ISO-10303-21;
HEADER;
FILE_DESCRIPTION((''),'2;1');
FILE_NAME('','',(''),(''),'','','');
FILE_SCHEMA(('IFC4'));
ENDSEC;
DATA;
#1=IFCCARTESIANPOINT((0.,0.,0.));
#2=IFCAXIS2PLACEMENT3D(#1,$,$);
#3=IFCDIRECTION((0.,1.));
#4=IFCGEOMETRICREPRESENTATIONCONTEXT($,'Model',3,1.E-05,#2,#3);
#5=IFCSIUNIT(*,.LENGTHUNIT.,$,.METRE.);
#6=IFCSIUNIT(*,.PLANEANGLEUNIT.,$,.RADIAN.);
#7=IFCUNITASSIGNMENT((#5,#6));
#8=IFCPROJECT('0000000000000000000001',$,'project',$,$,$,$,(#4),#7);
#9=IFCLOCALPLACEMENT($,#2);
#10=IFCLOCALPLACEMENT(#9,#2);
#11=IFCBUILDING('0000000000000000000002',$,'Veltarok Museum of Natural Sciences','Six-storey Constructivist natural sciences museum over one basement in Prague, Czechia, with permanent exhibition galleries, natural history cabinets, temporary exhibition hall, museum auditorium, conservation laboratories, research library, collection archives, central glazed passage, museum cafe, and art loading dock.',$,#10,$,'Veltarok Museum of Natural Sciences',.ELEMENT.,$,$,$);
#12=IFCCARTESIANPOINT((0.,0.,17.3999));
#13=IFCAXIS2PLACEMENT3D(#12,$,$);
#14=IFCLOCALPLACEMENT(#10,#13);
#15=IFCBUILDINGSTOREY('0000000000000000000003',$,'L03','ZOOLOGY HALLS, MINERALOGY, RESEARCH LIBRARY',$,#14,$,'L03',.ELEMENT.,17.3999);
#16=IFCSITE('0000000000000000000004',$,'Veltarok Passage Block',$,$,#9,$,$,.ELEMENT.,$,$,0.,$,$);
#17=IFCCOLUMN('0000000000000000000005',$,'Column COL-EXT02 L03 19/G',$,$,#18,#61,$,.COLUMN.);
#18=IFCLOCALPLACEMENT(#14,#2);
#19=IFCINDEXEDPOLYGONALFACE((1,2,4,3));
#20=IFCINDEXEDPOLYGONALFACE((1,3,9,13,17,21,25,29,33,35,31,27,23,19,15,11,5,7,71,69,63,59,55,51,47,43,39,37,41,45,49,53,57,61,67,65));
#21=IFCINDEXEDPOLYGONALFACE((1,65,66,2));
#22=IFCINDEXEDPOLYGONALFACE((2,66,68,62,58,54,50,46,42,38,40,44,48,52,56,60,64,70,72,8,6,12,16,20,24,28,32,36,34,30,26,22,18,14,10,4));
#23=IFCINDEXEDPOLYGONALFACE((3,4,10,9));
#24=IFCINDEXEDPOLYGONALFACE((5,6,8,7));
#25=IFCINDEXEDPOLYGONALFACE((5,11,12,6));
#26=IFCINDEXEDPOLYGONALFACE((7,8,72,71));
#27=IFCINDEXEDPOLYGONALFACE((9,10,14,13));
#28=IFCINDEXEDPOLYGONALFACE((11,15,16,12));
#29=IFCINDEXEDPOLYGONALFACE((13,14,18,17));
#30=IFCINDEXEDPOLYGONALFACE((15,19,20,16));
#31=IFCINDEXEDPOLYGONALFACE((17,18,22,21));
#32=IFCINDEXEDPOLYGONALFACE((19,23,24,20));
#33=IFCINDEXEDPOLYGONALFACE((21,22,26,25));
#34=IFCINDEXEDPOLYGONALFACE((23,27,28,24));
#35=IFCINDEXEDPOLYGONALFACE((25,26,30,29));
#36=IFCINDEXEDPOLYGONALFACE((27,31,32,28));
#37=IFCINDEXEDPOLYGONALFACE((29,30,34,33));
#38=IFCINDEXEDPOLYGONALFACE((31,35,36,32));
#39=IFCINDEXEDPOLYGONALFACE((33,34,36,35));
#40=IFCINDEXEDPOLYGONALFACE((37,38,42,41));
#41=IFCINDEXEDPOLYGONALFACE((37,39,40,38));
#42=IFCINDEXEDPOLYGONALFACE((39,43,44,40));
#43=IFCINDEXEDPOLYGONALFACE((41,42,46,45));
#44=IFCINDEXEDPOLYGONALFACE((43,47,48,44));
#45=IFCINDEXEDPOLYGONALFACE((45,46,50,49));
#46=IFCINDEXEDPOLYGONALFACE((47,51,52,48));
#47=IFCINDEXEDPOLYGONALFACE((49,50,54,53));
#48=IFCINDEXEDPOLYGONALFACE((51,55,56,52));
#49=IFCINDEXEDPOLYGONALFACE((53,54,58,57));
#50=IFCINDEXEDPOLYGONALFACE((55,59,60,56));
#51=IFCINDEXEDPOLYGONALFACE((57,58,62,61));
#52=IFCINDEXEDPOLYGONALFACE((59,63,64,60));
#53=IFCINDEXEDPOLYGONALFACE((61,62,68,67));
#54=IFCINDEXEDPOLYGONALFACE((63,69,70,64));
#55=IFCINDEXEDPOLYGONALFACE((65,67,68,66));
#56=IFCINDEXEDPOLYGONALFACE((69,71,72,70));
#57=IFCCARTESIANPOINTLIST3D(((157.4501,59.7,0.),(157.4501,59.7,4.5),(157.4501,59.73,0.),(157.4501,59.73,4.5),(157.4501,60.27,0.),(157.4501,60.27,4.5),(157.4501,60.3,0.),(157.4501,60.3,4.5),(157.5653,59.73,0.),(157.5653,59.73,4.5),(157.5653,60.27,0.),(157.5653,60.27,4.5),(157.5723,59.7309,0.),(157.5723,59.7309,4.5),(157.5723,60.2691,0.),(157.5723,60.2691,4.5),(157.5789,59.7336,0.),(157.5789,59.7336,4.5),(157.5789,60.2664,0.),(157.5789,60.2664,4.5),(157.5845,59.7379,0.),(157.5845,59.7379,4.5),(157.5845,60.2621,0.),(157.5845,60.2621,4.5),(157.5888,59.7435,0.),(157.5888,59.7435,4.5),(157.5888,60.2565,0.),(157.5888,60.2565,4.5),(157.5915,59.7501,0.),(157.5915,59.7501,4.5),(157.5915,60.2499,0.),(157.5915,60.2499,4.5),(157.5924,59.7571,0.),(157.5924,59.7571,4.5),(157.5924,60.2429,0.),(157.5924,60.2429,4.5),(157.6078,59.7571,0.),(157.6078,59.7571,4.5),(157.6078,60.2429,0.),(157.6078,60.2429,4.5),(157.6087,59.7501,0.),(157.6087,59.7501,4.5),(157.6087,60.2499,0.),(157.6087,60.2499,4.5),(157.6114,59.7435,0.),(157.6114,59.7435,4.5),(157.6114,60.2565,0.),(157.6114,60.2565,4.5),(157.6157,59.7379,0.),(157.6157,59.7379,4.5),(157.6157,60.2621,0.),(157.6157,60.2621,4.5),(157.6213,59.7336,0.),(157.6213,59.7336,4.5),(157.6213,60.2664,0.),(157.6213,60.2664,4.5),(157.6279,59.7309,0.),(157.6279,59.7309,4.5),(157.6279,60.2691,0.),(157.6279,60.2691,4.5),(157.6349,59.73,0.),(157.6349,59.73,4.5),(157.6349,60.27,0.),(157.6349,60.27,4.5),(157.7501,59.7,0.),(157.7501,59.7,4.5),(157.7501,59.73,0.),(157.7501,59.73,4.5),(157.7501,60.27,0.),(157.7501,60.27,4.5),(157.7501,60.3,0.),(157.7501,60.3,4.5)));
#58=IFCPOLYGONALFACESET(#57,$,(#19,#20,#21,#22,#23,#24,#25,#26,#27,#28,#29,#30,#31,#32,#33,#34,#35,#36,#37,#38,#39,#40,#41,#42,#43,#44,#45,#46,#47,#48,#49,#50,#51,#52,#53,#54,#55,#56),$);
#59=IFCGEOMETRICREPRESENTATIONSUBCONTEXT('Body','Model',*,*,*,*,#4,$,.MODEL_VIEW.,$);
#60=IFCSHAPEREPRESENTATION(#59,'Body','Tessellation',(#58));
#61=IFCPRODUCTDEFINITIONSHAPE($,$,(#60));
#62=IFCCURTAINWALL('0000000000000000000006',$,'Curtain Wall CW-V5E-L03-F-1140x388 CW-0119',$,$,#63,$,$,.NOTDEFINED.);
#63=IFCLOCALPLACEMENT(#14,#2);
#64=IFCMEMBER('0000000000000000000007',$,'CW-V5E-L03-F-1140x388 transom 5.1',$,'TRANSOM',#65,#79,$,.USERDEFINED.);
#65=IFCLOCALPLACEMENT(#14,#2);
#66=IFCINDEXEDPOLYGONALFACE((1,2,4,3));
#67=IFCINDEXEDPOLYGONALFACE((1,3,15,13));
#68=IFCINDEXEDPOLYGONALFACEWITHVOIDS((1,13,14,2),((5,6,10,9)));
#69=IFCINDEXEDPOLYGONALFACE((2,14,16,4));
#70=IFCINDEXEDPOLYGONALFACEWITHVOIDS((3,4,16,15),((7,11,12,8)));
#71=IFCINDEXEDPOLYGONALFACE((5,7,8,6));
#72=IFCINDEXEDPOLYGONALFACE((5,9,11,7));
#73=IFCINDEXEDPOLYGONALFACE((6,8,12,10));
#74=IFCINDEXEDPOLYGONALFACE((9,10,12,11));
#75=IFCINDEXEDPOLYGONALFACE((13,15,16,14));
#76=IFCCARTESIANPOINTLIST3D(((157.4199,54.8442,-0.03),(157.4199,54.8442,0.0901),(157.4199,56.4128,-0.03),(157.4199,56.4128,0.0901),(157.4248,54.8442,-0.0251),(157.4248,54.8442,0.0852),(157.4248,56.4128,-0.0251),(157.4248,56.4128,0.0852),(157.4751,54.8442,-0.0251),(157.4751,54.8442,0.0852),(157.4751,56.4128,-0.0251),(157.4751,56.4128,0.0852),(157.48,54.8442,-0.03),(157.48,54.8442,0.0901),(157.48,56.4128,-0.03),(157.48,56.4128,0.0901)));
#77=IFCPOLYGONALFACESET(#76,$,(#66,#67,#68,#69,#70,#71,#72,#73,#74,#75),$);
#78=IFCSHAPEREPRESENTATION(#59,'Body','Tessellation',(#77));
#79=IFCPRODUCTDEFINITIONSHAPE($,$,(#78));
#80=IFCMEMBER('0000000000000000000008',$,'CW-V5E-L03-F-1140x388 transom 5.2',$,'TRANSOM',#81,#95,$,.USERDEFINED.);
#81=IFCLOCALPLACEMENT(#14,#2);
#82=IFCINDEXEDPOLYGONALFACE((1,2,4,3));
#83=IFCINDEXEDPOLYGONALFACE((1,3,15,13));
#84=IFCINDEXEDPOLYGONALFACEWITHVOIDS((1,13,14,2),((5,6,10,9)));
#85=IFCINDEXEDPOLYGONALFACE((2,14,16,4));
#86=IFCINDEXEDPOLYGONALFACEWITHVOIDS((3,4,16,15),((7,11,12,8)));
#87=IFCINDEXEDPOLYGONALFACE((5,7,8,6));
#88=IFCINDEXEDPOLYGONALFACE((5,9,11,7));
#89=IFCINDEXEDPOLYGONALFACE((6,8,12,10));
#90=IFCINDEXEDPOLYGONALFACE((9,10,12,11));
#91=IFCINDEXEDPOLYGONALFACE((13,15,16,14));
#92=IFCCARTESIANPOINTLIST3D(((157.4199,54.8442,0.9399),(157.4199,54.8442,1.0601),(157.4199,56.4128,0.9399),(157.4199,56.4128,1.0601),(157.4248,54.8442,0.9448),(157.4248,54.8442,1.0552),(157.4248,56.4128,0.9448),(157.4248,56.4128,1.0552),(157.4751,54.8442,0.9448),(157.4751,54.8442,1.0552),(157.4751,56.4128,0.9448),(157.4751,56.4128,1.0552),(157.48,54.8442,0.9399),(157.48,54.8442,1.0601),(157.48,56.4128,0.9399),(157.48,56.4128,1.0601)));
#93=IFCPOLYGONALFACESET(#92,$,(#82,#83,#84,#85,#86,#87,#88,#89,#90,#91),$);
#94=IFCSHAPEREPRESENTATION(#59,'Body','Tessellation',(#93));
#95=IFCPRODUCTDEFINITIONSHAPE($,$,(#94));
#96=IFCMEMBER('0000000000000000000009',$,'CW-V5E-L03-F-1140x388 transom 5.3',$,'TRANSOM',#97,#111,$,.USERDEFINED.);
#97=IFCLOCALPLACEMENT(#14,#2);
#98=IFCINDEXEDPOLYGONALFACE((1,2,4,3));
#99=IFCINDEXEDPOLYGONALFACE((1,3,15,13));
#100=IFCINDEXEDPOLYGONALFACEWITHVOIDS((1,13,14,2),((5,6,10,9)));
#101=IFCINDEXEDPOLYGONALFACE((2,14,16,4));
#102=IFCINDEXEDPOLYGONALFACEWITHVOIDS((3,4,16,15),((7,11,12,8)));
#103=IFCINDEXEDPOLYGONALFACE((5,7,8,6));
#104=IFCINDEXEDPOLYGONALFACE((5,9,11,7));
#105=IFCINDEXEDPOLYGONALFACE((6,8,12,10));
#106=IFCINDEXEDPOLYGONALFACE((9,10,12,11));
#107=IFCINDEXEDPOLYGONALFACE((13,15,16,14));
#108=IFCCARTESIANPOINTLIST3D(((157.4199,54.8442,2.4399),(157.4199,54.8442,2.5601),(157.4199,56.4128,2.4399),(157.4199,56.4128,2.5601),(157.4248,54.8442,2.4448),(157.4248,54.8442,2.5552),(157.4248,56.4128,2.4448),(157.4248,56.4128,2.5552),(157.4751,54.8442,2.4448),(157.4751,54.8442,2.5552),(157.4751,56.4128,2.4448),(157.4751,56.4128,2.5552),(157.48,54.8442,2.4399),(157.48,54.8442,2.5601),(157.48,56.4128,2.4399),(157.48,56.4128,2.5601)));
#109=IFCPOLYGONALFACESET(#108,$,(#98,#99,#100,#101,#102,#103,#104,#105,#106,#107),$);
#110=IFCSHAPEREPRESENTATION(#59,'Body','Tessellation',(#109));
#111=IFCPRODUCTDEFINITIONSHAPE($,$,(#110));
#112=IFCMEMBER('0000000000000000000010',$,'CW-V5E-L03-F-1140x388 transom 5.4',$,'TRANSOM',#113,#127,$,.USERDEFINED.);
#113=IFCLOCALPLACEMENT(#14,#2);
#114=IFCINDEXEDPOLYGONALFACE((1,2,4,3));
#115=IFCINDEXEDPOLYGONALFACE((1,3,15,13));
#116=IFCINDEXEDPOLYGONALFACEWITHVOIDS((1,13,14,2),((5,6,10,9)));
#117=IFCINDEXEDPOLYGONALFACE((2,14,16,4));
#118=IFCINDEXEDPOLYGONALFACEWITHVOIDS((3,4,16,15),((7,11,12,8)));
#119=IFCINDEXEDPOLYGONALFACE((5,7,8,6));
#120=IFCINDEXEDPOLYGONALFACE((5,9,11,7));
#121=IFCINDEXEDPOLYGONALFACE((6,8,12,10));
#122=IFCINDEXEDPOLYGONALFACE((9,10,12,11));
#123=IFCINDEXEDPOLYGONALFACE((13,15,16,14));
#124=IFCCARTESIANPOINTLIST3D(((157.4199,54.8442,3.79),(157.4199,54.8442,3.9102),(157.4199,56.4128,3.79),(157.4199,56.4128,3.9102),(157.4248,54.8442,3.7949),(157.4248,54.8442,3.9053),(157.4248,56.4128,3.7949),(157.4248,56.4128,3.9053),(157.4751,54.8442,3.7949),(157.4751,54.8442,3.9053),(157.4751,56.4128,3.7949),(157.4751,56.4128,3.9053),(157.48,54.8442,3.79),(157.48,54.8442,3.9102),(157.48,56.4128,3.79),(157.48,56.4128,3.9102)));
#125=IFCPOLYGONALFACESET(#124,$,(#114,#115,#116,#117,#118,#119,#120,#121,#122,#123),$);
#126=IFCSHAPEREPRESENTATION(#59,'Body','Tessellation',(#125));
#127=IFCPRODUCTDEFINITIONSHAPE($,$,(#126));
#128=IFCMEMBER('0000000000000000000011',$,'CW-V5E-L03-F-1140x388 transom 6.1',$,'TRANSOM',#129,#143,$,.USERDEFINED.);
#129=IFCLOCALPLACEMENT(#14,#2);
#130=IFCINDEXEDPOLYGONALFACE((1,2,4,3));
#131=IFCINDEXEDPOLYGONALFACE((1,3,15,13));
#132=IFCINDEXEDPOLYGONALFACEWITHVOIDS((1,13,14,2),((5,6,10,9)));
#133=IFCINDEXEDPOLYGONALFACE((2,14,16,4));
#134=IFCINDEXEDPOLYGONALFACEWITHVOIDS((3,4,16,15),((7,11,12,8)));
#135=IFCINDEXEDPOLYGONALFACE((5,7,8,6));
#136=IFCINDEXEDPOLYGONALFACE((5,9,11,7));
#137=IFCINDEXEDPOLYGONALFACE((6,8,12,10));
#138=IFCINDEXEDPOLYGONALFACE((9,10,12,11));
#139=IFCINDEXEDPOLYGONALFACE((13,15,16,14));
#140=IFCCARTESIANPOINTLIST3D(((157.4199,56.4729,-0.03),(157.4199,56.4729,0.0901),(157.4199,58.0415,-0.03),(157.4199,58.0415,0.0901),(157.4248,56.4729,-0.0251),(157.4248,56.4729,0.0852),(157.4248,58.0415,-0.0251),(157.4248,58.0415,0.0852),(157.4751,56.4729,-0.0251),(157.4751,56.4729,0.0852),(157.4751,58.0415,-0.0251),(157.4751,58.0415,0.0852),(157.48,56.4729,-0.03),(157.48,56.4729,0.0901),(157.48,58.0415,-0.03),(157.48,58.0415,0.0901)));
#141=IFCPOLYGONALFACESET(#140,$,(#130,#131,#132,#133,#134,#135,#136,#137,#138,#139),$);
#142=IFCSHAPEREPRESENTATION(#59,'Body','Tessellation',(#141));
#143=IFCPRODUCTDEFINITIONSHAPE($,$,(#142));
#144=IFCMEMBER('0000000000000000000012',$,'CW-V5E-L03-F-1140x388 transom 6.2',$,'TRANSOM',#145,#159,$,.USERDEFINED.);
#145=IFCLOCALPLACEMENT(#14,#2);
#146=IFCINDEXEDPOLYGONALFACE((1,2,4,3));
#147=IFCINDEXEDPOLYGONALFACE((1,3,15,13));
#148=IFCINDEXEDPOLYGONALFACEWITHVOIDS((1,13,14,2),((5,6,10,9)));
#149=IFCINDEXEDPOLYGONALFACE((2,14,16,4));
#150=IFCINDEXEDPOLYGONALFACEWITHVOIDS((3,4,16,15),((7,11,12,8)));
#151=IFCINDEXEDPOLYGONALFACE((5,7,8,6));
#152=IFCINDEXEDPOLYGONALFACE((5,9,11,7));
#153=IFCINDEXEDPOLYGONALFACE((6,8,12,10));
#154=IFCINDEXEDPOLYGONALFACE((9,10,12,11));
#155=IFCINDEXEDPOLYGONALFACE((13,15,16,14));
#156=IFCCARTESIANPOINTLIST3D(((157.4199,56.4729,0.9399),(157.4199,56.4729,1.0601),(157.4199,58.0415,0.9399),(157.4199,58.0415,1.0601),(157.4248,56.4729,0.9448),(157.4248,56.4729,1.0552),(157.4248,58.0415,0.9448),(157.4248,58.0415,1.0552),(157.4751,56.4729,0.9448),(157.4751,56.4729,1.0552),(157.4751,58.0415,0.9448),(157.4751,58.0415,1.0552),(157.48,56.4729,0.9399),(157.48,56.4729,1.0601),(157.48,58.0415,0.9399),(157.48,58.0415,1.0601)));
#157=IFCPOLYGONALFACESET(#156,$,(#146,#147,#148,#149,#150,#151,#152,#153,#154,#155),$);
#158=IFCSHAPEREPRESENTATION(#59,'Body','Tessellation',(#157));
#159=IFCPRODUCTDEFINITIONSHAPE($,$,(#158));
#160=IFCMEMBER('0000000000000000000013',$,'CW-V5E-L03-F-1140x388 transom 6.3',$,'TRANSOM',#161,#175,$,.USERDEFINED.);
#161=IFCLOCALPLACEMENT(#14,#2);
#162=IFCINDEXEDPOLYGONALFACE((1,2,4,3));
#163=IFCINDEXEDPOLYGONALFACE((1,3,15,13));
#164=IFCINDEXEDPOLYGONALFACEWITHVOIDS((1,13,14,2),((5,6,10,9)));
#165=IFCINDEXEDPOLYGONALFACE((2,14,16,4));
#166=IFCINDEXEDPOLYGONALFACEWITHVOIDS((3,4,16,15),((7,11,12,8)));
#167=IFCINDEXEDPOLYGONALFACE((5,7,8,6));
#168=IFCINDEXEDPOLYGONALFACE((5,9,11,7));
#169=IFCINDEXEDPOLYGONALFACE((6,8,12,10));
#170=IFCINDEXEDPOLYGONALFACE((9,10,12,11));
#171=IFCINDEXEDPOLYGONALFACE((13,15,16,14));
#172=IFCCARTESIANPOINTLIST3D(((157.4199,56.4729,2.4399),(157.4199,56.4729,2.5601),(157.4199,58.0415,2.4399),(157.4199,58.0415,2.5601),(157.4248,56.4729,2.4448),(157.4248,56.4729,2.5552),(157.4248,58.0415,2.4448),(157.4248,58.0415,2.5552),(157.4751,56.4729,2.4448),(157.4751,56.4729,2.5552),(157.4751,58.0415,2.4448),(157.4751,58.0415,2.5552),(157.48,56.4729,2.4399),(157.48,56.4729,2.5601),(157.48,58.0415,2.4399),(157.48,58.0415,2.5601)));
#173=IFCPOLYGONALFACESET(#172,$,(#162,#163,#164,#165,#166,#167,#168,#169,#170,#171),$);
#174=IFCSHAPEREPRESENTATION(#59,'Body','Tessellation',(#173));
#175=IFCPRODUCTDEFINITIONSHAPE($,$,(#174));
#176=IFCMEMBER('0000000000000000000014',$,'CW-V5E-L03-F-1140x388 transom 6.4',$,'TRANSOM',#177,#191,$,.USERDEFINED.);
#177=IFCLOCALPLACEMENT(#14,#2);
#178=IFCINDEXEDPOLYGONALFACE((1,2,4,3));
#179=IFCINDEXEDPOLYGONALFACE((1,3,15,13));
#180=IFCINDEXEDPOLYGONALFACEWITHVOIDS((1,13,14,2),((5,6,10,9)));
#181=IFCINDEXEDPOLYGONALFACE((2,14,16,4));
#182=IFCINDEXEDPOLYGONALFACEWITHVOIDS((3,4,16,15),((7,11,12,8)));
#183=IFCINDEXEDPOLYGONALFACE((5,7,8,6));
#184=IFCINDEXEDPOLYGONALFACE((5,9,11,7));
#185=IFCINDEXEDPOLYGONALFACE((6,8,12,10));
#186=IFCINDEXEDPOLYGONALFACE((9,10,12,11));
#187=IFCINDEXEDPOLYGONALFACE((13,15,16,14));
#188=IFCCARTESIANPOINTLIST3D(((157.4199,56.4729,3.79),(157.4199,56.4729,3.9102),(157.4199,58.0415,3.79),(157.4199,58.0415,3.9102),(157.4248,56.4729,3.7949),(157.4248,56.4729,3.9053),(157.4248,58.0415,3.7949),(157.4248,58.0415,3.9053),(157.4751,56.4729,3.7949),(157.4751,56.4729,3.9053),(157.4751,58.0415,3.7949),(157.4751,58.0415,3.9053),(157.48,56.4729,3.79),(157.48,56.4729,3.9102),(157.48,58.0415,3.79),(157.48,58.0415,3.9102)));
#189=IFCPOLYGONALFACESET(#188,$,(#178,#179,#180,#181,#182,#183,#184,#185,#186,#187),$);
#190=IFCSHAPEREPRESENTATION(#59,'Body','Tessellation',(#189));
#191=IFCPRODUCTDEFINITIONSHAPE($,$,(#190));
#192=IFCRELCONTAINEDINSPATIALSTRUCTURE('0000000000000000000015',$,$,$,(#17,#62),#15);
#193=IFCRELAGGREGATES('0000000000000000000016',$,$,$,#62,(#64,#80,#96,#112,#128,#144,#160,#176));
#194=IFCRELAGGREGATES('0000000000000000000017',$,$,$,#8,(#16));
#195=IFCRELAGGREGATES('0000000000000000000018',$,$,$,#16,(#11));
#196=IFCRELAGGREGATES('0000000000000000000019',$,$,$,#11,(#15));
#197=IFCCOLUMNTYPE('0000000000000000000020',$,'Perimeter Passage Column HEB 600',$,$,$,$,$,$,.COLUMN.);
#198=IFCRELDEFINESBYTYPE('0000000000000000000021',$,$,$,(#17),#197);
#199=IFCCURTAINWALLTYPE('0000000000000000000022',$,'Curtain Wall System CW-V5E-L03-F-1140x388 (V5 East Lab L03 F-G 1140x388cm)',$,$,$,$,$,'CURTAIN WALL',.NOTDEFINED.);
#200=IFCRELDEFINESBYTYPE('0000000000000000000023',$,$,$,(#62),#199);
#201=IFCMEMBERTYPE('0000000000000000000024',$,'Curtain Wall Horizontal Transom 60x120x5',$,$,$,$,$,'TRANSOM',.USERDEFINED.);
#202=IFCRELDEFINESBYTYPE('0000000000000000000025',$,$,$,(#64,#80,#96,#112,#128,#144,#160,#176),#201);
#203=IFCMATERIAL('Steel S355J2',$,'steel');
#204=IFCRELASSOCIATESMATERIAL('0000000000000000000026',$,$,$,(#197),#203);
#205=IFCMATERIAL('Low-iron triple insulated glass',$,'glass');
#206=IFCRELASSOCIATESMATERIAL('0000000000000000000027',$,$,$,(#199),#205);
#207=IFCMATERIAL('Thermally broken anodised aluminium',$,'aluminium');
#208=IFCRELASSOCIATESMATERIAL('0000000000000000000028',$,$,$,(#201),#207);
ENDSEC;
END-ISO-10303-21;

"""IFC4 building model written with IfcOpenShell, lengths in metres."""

from ifc_helpers import new_model, si_unit, direction, frame, origin, origin_2d, place, context, subcontext, project, spatial, hollow_rectangle, i_section, extrude, material, material_profile, profile_set, type_object, element, aggregate, save


model = new_model("IFC4")

# Units and contexts
model_context = context("Model", 3, precision=1e-05, world=origin(), true_north=direction((0.0, 1.0)))
body_context = subcontext(model_context, "Body", "Model", "MODEL_VIEW")
ifc_project = project(units=[si_unit("LENGTHUNIT", "METRE"), si_unit("PLANEANGLEUNIT", "RADIAN")], contexts=[model_context])

# Site, building, storey
site_placement = place(None, origin())
site = spatial("IfcSite", under=ifc_project, at=site_placement, Name="Veltarok Passage Block", CompositionType="ELEMENT", RefElevation=0.0)
building_placement = place(site_placement, origin())
building = spatial("IfcBuilding", under=site, at=building_placement, Name="Veltarok Museum of Natural Sciences", Description="Six-storey Constructivist natural sciences museum over one basement in Prague, Czechia, with permanent exhibition galleries, natural history cabinets, temporary exhibition hall, museum auditorium, conservation laboratories, research library, collection archives, central glazed passage, museum cafe, and art loading dock.", LongName="Veltarok Museum of Natural Sciences", CompositionType="ELEMENT")
storey_placement = place(building_placement, frame((0.0, 0.0, 17.3999)))
storey = spatial("IfcBuildingStorey", under=building, at=storey_placement, Name="L03", Description="ZOOLOGY HALLS, MINERALOGY, RESEARCH LIBRARY", LongName="L03", CompositionType="ELEMENT", Elevation=17.3999)

# Column
ifc_material_1 = material(Name="Steel S355J2", Category="steel")
ifc_material_profile_1 = material_profile(ifc_material_1, i_section(OverallWidth=0.3, OverallDepth=0.6001, WebThickness=0.0154, FlangeThickness=0.03, FilletRadius=0.0271, at=origin_2d()), Name="HEB 600")
ifc_profile_set_1 = profile_set([ifc_material_profile_1], Name="Steel S355J2")
column_type = type_object("IfcColumnType", Name="Perimeter Passage Column HEB 600", PredefinedType="COLUMN", material=ifc_profile_set_1)
column_placement = place(storey_placement, frame((157.6001, 60.0, 0.0), z_axis=(0.0, 0.0, 1.0), x_axis=(1.0, 0.0, 0.0)))
element("IfcColumn", 1, at=column_placement, inside=storey, type_object=column_type, Name="Column COL-EXT02 L03 19/G", PredefinedType="COLUMN", context=body_context, shape_type="SweptSolid", body=[
    extrude(i_section(OverallWidth=0.3, OverallDepth=0.6001, WebThickness=0.0154, FlangeThickness=0.03, FilletRadius=0.0271, at=origin_2d()), origin(), (0.0, 0.0, 1.0), 4.5),
])

# Curtain wall, members
ifc_material_2 = material(Name="Low-iron triple insulated glass", Category="glass")
curtain_wall_type = type_object("IfcCurtainWallType", Name="Curtain Wall System CW-V5E-L03-F-1140x388 (V5 East Lab L03 F-G 1140x388cm)", ElementType="CURTAIN WALL", PredefinedType="NOTDEFINED", material=ifc_material_2)
curtain_wall_placement = place(storey_placement, origin())
curtain_wall = element("IfcCurtainWall", 2, at=curtain_wall_placement, inside=storey, type_object=curtain_wall_type, Name="Curtain Wall CW-V5E-L03-F-1140x388 CW-0119", PredefinedType="NOTDEFINED")
ifc_material_3 = material(Name="Thermally broken anodised aluminium", Category="aluminium")
ifc_material_profile_2 = material_profile(ifc_material_3, hollow_rectangle(XDim=0.0601, YDim=0.1201, WallThickness=0.0049, at=origin_2d()), Name="CW TRANSOM 60x120x5")
ifc_profile_set_2 = profile_set([ifc_material_profile_2], Name="Thermally broken anodised aluminium")
member_type_1 = type_object("IfcMemberType", Name="Curtain Wall Horizontal Transom 60x120x5", ElementType="TRANSOM", PredefinedType="USERDEFINED", material=ifc_profile_set_2)
member_1_placement = place(storey_placement, frame((157.45, 54.8442, 0.03), z_axis=(0.0, 1.0, 0.0), x_axis=(-1.0, 0.0, 0.0)))
member_1 = element("IfcMember", 3, at=member_1_placement, type_object=member_type_1, Name="CW-V5E-L03-F-1140x388 transom 5.1", ObjectType="TRANSOM", PredefinedType="USERDEFINED", context=body_context, shape_type="SweptSolid", body=[
    extrude(hollow_rectangle(XDim=0.0601, YDim=0.1201, WallThickness=0.0049, at=origin_2d()), origin(), (0.0, 0.0, 1.0), 1.5686),
])
member_2_placement = place(storey_placement, frame((157.45, 54.8442, 1.0), z_axis=(0.0, 1.0, 0.0), x_axis=(-1.0, 0.0, 0.0)))
member_2 = element("IfcMember", 4, at=member_2_placement, type_object=member_type_1, Name="CW-V5E-L03-F-1140x388 transom 5.2", ObjectType="TRANSOM", PredefinedType="USERDEFINED", context=body_context, shape_type="SweptSolid", body=[
    extrude(hollow_rectangle(XDim=0.0601, YDim=0.1201, WallThickness=0.0049, at=origin_2d()), origin(), (0.0, 0.0, 1.0), 1.5686),
])
member_3_placement = place(storey_placement, frame((157.45, 54.8442, 2.5), z_axis=(0.0, 1.0, 0.0), x_axis=(-1.0, 0.0, 0.0)))
member_3 = element("IfcMember", 5, at=member_3_placement, type_object=member_type_1, Name="CW-V5E-L03-F-1140x388 transom 5.3", ObjectType="TRANSOM", PredefinedType="USERDEFINED", context=body_context, shape_type="SweptSolid", body=[
    extrude(hollow_rectangle(XDim=0.0601, YDim=0.1201, WallThickness=0.0049, at=origin_2d()), origin(), (0.0, 0.0, 1.0), 1.5686),
])
member_4_placement = place(storey_placement, frame((157.45, 54.8442, 3.8501), z_axis=(0.0, 1.0, 0.0), x_axis=(-1.0, 0.0, 0.0)))
member_4 = element("IfcMember", 6, at=member_4_placement, type_object=member_type_1, Name="CW-V5E-L03-F-1140x388 transom 5.4", ObjectType="TRANSOM", PredefinedType="USERDEFINED", context=body_context, shape_type="SweptSolid", body=[
    extrude(hollow_rectangle(XDim=0.0601, YDim=0.1201, WallThickness=0.0049, at=origin_2d()), origin(), (0.0, 0.0, 1.0), 1.5686),
])
member_5_placement = place(storey_placement, frame((157.45, 56.4729, 0.03), z_axis=(0.0, 1.0, 0.0), x_axis=(-1.0, 0.0, 0.0)))
member_5 = element("IfcMember", 7, at=member_5_placement, type_object=member_type_1, Name="CW-V5E-L03-F-1140x388 transom 6.1", ObjectType="TRANSOM", PredefinedType="USERDEFINED", context=body_context, shape_type="SweptSolid", body=[
    extrude(hollow_rectangle(XDim=0.0601, YDim=0.1201, WallThickness=0.0049, at=origin_2d()), origin(), (0.0, 0.0, 1.0), 1.5686),
])
member_6_placement = place(storey_placement, frame((157.45, 56.4729, 1.0), z_axis=(0.0, 1.0, 0.0), x_axis=(-1.0, 0.0, 0.0)))
member_6 = element("IfcMember", 8, at=member_6_placement, type_object=member_type_1, Name="CW-V5E-L03-F-1140x388 transom 6.2", ObjectType="TRANSOM", PredefinedType="USERDEFINED", context=body_context, shape_type="SweptSolid", body=[
    extrude(hollow_rectangle(XDim=0.0601, YDim=0.1201, WallThickness=0.0049, at=origin_2d()), origin(), (0.0, 0.0, 1.0), 1.5686),
])
member_7_placement = place(storey_placement, frame((157.45, 56.4729, 2.5), z_axis=(0.0, 1.0, 0.0), x_axis=(-1.0, 0.0, 0.0)))
member_7 = element("IfcMember", 9, at=member_7_placement, type_object=member_type_1, Name="CW-V5E-L03-F-1140x388 transom 6.3", ObjectType="TRANSOM", PredefinedType="USERDEFINED", context=body_context, shape_type="SweptSolid", body=[
    extrude(hollow_rectangle(XDim=0.0601, YDim=0.1201, WallThickness=0.0049, at=origin_2d()), origin(), (0.0, 0.0, 1.0), 1.5686),
])
member_8_placement = place(storey_placement, frame((157.45, 56.4729, 3.8501), z_axis=(0.0, 1.0, 0.0), x_axis=(-1.0, 0.0, 0.0)))
member_8 = element("IfcMember", 10, at=member_8_placement, type_object=member_type_1, Name="CW-V5E-L03-F-1140x388 transom 6.4", ObjectType="TRANSOM", PredefinedType="USERDEFINED", context=body_context, shape_type="SweptSolid", body=[
    extrude(hollow_rectangle(XDim=0.0601, YDim=0.1201, WallThickness=0.0049, at=origin_2d()), origin(), (0.0, 0.0, 1.0), 1.5686),
])

aggregate(curtain_wall, [member_1, member_2, member_3, member_4, member_5, member_6, member_7, member_8])

save(model, "model.ifc")
